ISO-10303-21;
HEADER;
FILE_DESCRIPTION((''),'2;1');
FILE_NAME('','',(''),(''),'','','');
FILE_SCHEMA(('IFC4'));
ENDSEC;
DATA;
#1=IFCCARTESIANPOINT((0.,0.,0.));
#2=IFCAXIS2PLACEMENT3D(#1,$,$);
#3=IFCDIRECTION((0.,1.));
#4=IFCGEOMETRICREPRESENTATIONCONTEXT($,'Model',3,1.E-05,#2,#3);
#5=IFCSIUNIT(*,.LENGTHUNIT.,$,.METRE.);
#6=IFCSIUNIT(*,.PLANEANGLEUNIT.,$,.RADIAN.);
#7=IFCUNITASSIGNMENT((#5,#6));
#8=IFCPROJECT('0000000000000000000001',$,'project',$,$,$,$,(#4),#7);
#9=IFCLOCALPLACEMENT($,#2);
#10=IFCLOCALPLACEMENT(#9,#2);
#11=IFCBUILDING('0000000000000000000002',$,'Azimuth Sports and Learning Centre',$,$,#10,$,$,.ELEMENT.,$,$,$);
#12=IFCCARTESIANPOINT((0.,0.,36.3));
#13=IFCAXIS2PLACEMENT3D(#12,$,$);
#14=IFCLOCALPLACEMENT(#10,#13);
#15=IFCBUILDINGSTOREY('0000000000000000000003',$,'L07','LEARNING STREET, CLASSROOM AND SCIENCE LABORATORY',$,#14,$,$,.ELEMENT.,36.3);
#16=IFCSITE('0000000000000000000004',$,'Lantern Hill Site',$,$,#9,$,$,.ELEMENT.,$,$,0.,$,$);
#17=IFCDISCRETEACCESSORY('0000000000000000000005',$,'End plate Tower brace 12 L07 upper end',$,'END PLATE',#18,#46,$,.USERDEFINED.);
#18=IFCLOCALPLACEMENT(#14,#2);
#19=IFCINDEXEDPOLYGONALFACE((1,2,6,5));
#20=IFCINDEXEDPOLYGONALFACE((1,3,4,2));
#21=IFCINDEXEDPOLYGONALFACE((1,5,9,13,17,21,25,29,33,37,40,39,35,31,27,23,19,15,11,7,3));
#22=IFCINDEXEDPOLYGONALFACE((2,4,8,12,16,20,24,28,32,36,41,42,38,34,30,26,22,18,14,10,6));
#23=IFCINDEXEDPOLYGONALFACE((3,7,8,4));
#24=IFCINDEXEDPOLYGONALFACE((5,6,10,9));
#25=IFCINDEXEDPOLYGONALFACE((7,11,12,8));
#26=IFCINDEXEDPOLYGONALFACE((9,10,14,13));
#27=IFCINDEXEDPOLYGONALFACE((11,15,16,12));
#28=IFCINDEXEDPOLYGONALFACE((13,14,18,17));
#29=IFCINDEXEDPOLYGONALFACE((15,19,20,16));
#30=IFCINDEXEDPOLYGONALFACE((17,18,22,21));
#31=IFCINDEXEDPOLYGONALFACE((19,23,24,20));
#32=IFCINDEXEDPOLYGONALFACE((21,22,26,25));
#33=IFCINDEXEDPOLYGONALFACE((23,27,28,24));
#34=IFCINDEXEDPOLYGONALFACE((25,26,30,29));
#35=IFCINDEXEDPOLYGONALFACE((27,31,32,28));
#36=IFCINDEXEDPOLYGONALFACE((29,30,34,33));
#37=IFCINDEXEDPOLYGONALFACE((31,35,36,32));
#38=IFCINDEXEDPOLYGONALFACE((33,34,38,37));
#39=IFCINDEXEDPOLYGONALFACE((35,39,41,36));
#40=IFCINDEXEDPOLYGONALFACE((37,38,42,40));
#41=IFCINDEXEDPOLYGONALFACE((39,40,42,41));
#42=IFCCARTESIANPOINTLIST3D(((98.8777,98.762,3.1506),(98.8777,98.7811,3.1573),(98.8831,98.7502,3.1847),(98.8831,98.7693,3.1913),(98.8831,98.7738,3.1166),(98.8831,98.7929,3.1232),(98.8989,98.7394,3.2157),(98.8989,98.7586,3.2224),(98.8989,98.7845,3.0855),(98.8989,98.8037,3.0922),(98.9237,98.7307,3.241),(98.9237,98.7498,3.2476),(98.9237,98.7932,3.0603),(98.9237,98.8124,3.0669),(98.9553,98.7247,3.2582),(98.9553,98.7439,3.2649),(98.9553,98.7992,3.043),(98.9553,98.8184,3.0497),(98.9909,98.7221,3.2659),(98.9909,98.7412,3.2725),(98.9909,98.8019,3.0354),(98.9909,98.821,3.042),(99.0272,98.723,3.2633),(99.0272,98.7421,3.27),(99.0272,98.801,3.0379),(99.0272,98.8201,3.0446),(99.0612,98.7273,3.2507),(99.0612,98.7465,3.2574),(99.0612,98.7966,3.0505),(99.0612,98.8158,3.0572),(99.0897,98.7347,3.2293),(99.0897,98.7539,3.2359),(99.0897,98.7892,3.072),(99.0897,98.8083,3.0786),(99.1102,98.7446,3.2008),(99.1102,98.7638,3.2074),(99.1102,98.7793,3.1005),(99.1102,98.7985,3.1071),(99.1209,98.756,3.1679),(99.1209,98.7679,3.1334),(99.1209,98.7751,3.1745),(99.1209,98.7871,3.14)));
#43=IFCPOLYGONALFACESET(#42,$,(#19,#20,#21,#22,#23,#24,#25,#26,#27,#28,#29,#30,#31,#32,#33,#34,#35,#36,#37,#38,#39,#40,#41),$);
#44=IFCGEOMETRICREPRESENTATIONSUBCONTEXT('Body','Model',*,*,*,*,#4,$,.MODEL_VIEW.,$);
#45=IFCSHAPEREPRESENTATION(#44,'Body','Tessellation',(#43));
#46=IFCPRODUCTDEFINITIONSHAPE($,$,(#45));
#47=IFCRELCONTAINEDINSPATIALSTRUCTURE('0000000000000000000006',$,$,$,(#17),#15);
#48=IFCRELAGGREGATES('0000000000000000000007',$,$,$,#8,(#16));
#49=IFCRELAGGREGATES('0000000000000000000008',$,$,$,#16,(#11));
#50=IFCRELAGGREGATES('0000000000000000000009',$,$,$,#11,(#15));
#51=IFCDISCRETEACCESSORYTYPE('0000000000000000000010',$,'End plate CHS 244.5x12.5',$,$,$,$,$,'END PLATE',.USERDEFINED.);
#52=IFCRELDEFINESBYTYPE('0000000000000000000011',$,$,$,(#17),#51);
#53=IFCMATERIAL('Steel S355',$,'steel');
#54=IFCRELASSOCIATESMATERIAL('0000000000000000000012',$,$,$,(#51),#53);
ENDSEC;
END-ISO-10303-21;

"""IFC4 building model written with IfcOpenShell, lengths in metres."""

from ifc_helpers import new_model, si_unit, direction, frame, origin, origin_2d, place, context, subcontext, project, spatial, circle, extrude, material, material_profile, profile_set, type_object, element, save


model = new_model("IFC4")

# Units and contexts
model_context = context("Model", 3, precision=1e-05, world=origin(), true_north=direction((0.0, 1.0)))
body_context = subcontext(model_context, "Body", "Model", "MODEL_VIEW")
ifc_project = project(units=[si_unit("LENGTHUNIT", "METRE"), si_unit("PLANEANGLEUNIT", "RADIAN")], contexts=[model_context])

# Site, building, storey
site_placement = place(None, origin())
site = spatial("IfcSite", under=ifc_project, at=site_placement, Name="Lantern Hill Site", CompositionType="ELEMENT", RefElevation=0.0)
building_placement = place(site_placement, origin())
building = spatial("IfcBuilding", under=site, at=building_placement, Name="Azimuth Sports and Learning Centre", CompositionType="ELEMENT")
storey_placement = place(building_placement, frame((0.0, 0.0, 36.3)))
storey = spatial("IfcBuildingStorey", under=building, at=storey_placement, Name="L07", Description="LEARNING STREET, CLASSROOM AND SCIENCE LABORATORY", CompositionType="ELEMENT", Elevation=36.3)

# Discrete accessory
ifc_material_1 = material(Name="Steel S355", Category="steel")
ifc_material_profile_1 = material_profile(ifc_material_1, circle(Radius=0.1223, at=origin_2d()), Name="PL 244 DISC")
ifc_profile_set_1 = profile_set([ifc_material_profile_1], Name="Steel S355")
discrete_accessory_type = type_object("IfcDiscreteAccessoryType", Name="End plate CHS 244.5x12.5", ElementType="END PLATE", PredefinedType="USERDEFINED", material=ifc_profile_set_1)
discrete_accessory_1_placement = place(storey_placement, frame((99.0, 98.762, 3.1506), z_axis=(0.0, 0.944986, 0.327111), x_axis=(-1.0, 0.0, 0.0)))
element("IfcDiscreteAccessory", 1, at=discrete_accessory_1_placement, inside=storey, type_object=discrete_accessory_type, Name="End plate Tower brace 12 L07 upper end", ObjectType="END PLATE", PredefinedType="USERDEFINED", context=body_context, shape_type="SweptSolid", body=[
    extrude(circle(Radius=0.1223, at=origin_2d()), origin(), (0.0, 0.0, 1.0), 0.0203),
])

save(model, "model.ifc")
